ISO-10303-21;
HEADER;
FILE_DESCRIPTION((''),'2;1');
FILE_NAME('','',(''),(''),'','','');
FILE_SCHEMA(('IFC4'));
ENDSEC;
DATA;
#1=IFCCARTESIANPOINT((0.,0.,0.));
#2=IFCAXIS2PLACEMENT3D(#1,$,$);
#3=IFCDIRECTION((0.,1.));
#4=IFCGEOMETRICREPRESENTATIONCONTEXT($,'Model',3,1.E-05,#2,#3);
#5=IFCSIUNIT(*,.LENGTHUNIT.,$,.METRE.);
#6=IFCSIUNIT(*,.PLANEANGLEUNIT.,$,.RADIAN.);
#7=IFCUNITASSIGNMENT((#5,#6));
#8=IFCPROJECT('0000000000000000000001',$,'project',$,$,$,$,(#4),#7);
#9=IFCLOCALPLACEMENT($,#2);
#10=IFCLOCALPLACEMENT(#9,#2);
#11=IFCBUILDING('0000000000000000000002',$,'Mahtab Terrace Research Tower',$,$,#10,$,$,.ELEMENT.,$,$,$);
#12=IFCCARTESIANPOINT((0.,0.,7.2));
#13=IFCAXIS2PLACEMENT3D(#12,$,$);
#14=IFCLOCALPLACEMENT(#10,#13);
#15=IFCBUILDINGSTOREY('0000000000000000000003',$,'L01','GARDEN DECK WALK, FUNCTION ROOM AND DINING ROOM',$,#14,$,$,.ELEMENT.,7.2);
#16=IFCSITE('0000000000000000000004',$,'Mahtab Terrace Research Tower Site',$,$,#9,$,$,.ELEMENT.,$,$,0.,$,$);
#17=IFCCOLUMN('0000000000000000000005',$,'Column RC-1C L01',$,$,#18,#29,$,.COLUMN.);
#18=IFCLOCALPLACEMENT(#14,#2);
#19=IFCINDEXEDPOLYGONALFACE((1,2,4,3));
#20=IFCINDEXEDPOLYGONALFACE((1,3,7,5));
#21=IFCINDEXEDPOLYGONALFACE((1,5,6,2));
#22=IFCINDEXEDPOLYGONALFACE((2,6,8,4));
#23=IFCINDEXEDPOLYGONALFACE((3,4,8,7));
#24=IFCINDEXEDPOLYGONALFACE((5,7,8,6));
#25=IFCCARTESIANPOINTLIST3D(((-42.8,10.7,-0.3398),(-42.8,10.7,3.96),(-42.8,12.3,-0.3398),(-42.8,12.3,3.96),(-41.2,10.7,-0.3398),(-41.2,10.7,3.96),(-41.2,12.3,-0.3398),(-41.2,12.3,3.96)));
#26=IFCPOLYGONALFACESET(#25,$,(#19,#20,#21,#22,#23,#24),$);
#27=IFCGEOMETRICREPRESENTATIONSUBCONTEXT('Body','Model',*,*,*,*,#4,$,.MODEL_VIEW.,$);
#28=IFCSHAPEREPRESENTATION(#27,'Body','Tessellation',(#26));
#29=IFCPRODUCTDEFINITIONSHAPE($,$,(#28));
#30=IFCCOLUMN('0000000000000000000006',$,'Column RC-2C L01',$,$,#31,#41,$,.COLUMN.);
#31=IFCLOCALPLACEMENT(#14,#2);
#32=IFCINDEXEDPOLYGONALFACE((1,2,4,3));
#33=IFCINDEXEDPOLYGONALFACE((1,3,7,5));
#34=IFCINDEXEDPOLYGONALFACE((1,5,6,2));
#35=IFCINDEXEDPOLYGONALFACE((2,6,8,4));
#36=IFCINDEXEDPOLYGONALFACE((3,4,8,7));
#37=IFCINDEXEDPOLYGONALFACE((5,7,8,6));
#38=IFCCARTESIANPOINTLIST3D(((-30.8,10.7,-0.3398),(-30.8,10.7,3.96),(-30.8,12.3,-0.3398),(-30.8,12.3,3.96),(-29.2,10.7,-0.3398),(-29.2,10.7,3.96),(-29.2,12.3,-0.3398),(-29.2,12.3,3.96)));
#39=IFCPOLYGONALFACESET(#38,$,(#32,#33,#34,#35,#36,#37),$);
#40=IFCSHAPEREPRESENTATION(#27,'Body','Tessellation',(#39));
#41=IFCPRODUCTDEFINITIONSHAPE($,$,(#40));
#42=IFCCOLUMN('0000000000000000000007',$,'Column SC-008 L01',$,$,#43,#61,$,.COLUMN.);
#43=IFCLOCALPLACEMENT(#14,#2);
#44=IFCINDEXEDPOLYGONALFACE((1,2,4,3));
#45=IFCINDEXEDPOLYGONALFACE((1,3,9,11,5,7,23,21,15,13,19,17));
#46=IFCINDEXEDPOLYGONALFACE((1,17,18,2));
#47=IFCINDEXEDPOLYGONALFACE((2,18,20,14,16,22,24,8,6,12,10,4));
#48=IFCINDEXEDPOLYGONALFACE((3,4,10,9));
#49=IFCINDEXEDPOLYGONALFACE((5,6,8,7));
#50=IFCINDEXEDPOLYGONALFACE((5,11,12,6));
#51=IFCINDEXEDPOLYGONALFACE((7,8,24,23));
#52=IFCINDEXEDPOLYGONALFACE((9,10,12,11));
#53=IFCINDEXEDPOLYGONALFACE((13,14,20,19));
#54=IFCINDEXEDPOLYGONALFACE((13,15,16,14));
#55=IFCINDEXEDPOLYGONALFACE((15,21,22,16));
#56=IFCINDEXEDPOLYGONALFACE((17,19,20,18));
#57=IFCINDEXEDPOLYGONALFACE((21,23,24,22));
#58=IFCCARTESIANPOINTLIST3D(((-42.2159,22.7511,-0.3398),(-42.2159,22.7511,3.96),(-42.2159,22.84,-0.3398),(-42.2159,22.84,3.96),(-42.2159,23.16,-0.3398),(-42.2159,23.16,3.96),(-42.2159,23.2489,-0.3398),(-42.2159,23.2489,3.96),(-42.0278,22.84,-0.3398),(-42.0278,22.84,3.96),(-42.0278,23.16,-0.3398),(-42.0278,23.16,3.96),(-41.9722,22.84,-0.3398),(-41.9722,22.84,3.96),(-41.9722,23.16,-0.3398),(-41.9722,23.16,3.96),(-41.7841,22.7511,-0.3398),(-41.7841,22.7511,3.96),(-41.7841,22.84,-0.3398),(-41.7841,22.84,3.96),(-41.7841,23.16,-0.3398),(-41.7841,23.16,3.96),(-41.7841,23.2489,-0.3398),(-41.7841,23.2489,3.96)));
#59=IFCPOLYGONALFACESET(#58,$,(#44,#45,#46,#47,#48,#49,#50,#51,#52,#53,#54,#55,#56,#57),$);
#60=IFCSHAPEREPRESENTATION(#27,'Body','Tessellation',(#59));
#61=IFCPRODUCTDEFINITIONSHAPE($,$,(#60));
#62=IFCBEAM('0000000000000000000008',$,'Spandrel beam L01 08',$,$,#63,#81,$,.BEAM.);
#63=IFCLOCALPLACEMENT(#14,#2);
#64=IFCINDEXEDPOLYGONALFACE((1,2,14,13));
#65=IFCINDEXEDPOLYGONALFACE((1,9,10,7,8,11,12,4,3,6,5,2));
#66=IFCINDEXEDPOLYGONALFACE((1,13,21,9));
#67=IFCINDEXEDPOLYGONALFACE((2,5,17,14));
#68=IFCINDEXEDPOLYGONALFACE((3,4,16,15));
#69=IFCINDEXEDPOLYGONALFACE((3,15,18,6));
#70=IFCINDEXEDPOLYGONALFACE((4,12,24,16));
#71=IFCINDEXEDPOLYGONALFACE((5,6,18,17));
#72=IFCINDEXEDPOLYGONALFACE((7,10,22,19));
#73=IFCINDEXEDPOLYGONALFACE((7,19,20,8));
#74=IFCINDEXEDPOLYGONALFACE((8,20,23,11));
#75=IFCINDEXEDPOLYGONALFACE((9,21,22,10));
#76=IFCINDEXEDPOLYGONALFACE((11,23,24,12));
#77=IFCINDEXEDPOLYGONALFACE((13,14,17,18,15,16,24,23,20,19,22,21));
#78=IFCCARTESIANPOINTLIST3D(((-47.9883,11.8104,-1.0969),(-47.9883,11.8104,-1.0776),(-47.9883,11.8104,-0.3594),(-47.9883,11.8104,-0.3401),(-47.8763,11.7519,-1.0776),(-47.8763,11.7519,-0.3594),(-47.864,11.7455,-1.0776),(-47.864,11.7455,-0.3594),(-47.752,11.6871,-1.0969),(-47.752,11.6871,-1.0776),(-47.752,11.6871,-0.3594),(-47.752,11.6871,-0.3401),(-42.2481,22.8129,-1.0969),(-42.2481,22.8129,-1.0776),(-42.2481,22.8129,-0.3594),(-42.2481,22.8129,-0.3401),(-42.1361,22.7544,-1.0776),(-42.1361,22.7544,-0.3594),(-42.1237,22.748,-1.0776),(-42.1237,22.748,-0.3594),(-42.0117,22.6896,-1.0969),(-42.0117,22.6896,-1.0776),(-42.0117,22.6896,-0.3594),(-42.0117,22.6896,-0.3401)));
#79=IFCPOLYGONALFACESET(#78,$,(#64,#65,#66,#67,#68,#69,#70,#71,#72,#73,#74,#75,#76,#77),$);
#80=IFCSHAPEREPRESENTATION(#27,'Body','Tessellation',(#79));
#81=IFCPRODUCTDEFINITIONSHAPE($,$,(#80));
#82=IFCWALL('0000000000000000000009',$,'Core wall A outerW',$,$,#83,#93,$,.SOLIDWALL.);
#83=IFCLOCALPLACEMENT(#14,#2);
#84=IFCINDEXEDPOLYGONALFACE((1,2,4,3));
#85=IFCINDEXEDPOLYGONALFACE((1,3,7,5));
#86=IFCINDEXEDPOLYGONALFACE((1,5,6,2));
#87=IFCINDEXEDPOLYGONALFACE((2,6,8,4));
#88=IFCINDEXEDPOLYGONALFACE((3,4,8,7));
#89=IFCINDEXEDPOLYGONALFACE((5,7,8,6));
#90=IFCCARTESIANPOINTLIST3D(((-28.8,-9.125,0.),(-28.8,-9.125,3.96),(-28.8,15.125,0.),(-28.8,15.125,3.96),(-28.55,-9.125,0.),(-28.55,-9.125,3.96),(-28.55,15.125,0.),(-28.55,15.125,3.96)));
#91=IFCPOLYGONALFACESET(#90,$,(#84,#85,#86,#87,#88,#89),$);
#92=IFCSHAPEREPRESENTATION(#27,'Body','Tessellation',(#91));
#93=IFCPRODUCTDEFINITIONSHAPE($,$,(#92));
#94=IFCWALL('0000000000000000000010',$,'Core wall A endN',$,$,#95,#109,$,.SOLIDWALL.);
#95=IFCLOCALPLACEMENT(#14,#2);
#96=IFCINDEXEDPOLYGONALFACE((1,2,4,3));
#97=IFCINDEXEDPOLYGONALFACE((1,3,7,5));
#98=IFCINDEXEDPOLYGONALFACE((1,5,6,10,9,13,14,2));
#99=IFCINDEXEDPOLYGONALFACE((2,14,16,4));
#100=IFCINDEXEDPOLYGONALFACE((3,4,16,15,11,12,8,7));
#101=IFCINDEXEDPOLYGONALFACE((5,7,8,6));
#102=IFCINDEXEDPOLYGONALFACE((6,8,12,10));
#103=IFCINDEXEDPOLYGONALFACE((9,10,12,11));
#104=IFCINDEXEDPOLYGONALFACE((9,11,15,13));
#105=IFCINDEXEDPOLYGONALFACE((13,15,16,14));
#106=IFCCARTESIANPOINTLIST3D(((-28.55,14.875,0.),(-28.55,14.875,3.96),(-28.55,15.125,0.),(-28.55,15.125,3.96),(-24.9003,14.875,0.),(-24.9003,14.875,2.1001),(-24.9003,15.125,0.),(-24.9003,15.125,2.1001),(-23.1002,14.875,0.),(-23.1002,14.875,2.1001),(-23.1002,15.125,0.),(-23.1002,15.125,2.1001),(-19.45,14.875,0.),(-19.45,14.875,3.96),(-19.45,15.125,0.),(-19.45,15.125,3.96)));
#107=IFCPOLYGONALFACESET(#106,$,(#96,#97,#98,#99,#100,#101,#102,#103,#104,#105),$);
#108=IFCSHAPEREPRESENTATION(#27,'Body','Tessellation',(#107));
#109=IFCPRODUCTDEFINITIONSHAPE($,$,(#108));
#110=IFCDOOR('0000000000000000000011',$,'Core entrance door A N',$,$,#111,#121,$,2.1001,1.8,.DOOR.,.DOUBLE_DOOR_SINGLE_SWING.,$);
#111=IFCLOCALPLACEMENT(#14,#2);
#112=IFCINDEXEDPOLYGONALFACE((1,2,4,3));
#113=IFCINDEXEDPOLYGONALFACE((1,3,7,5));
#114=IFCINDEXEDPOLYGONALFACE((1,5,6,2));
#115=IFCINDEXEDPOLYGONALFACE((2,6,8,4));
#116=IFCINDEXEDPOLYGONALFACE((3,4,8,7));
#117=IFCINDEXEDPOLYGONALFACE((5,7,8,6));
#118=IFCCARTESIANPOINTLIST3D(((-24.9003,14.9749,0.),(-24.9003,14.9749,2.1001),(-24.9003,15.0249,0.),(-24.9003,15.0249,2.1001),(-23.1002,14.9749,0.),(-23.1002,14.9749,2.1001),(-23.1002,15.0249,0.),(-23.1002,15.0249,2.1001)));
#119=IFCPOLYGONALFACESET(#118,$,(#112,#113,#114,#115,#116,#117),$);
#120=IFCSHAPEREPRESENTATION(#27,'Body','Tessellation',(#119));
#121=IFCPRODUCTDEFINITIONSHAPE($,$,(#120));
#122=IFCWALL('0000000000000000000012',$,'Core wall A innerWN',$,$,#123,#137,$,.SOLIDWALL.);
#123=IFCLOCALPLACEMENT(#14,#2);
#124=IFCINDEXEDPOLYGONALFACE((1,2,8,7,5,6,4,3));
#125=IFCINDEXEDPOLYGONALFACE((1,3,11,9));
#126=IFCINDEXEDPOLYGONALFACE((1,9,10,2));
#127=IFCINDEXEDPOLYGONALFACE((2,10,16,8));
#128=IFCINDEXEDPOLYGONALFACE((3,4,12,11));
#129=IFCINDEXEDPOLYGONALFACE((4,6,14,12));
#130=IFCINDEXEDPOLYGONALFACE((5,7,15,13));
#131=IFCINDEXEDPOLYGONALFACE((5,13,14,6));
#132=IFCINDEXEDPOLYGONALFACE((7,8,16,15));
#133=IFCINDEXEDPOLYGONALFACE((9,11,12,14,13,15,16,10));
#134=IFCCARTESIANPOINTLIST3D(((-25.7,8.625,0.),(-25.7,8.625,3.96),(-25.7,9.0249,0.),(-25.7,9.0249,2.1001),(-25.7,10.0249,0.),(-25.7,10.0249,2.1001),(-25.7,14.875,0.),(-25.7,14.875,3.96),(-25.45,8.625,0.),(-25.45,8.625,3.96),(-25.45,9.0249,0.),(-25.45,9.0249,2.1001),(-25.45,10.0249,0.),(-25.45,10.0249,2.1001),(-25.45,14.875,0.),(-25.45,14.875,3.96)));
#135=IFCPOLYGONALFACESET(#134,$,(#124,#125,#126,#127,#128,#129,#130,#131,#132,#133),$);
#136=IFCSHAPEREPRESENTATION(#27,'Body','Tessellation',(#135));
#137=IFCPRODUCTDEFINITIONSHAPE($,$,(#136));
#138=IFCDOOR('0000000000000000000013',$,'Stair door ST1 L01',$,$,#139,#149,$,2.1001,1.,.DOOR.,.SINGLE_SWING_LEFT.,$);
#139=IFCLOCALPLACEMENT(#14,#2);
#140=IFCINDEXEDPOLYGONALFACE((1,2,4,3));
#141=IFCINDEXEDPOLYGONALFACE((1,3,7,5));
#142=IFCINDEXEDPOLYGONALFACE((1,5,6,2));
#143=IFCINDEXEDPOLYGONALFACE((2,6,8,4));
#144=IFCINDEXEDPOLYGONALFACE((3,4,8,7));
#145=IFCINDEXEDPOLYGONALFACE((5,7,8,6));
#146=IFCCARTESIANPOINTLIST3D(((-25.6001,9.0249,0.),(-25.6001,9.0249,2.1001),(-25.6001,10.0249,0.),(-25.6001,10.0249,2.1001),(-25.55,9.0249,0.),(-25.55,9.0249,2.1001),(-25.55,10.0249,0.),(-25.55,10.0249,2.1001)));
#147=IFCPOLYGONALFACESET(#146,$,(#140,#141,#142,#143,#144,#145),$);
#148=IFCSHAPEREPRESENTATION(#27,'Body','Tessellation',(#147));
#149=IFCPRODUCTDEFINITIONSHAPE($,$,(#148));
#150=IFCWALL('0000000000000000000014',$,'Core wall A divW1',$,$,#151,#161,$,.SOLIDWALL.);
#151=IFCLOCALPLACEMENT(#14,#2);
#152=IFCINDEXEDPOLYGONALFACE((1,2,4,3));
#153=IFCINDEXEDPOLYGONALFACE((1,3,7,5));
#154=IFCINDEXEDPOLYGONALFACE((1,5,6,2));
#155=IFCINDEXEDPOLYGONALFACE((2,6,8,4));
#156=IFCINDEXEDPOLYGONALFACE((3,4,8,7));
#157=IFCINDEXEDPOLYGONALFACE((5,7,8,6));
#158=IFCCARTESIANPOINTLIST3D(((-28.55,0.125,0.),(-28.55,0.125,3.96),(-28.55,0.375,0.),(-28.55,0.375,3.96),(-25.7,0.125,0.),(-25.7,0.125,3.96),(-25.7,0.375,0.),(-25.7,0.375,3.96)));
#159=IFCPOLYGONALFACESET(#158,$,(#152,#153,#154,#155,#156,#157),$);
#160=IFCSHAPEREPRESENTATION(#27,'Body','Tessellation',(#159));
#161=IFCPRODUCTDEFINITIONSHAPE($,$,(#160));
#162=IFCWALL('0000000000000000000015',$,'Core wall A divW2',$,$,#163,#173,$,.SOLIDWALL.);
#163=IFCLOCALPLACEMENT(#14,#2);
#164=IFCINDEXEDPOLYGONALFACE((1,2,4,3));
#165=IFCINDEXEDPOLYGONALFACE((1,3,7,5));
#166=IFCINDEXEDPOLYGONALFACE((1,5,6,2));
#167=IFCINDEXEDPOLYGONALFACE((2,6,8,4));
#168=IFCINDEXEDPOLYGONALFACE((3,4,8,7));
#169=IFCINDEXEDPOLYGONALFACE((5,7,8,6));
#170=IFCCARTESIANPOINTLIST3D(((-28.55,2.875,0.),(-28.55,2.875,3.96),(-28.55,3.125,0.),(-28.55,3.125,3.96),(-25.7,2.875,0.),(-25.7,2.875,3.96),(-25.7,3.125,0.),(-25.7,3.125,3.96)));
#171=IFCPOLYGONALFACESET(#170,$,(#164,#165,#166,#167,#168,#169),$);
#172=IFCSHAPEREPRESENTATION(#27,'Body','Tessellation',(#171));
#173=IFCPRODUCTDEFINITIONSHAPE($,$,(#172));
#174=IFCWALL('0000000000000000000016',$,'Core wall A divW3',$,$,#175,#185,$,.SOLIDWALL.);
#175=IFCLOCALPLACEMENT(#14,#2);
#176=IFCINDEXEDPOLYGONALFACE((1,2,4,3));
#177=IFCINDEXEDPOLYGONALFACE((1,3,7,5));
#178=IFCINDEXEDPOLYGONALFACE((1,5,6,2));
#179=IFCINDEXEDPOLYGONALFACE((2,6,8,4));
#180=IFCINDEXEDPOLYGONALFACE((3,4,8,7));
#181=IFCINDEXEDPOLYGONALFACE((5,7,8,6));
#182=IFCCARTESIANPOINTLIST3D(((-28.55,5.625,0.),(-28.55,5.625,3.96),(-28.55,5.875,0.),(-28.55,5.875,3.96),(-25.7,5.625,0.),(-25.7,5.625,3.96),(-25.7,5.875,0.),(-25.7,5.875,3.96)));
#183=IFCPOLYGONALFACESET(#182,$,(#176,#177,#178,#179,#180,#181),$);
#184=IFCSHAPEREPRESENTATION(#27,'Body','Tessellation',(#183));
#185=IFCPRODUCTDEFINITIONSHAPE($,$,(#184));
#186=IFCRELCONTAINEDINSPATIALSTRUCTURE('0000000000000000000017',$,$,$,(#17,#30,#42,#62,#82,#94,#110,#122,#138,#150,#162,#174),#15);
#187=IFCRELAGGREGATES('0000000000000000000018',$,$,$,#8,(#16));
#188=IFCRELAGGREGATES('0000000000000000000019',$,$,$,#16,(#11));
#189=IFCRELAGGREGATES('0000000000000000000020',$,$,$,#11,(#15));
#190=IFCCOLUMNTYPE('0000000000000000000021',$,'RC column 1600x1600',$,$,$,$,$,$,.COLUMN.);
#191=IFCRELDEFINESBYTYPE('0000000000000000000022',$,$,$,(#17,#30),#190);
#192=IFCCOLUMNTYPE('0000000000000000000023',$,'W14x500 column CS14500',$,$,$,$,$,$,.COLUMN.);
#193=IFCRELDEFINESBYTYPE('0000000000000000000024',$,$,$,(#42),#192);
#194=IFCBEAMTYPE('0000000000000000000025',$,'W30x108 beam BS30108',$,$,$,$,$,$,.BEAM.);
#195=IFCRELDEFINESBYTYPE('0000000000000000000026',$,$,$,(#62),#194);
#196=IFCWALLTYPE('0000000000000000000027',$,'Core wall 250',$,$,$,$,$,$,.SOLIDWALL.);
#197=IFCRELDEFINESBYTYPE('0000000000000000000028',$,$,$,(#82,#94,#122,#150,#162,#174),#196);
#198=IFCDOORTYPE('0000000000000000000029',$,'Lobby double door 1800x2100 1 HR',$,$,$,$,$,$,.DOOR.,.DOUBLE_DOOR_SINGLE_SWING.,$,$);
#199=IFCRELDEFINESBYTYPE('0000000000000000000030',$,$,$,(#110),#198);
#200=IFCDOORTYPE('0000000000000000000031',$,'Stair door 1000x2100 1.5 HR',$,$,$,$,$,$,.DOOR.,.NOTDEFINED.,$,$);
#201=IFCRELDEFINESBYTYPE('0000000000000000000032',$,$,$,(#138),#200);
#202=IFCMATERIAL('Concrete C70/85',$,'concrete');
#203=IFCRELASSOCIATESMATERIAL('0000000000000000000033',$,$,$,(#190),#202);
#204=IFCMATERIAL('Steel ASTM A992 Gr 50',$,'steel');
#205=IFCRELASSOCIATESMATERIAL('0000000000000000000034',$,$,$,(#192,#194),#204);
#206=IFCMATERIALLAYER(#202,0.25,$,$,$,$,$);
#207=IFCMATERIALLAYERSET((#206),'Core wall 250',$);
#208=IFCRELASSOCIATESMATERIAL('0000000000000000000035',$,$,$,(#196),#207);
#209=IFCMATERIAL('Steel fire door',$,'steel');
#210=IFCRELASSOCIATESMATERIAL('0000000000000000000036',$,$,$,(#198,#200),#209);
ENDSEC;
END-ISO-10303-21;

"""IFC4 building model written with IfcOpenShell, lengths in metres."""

from ifc_helpers import new_model, si_unit, direction, frame, frame_2d, origin, origin_2d, place, context, subcontext, project, spatial, rectangle, i_section, extrude, material, layer, layer_set, material_profile, profile_set, type_object, element, fill, save


model = new_model("IFC4")

# Units and contexts
model_context = context("Model", 3, precision=1e-05, world=origin(), true_north=direction((0.0, 1.0)))
body_context = subcontext(model_context, "Body", "Model", "MODEL_VIEW")
ifc_project = project(units=[si_unit("LENGTHUNIT", "METRE"), si_unit("PLANEANGLEUNIT", "RADIAN")], contexts=[model_context])

# Site, building, storey
site_placement = place(None, origin())
site = spatial("IfcSite", under=ifc_project, at=site_placement, Name="Mahtab Terrace Research Tower Site", CompositionType="ELEMENT", RefElevation=0.0)
building_placement = place(site_placement, origin())
building = spatial("IfcBuilding", under=site, at=building_placement, Name="Mahtab Terrace Research Tower", CompositionType="ELEMENT")
storey_placement = place(building_placement, frame((0.0, 0.0, 7.2)))
storey = spatial("IfcBuildingStorey", under=building, at=storey_placement, Name="L01", Description="GARDEN DECK WALK, FUNCTION ROOM AND DINING ROOM", CompositionType="ELEMENT", Elevation=7.2)

# Columns
ifc_material_1 = material(Name="Concrete C70/85", Category="concrete")
ifc_material_profile_1 = material_profile(ifc_material_1, rectangle(XDim=1.6001, YDim=1.6001, at=origin_2d()), Name="RC column 1600x1600")
ifc_profile_set_1 = profile_set([ifc_material_profile_1], Name="Concrete C70/85")
column_type_1 = type_object("IfcColumnType", Name="RC column 1600x1600", PredefinedType="COLUMN", material=ifc_profile_set_1)
for number, where, z_axis, x_axis, name in (
    (1, (-42.0, 11.5, -0.3398), (0.0, 0.0, 1.0), (1.0, 0.0, 0.0), "Column RC-1C L01"),
    (2, (-30.0, 11.5, -0.3398), (0.0, 0.0, 1.0), (1.0, 0.0, 0.0), "Column RC-2C L01"),
):
    element("IfcColumn", number, at=place(storey_placement, frame(where, z_axis=z_axis, x_axis=x_axis)), inside=storey, type_object=column_type_1, Name=name, PredefinedType="COLUMN", context=body_context, shape_type="SweptSolid", body=[
        extrude(rectangle(XDim=1.6001, YDim=1.6001, at=origin_2d()), origin(), (0.0, 0.0, 1.0), 4.2998),
    ])
ifc_material_2 = material(Name="Steel ASTM A992 Gr 50", Category="steel")
ifc_material_profile_2 = material_profile(ifc_material_2, i_section(OverallWidth=0.4319, OverallDepth=0.4978, WebThickness=0.0557, FlangeThickness=0.0889, at=origin_2d()), Name="W14X500")
ifc_profile_set_2 = profile_set([ifc_material_profile_2], Name="Steel ASTM A992 Gr 50")
column_type_2 = type_object("IfcColumnType", Name="W14x500 column CS14500", PredefinedType="COLUMN", material=ifc_profile_set_2)
column_placement = place(storey_placement, frame((-42.0, 23.0, -0.3398), z_axis=(0.0, 0.0, 1.0), x_axis=(1.0, 0.0, 0.0)))
element("IfcColumn", 3, at=column_placement, inside=storey, type_object=column_type_2, Name="Column SC-008 L01", PredefinedType="COLUMN", context=body_context, shape_type="SweptSolid", body=[
    extrude(i_section(OverallWidth=0.4319, OverallDepth=0.4978, WebThickness=0.0557, FlangeThickness=0.0889, at=origin_2d()), origin(), (0.0, 0.0, 1.0), 4.2998),
])

# Beam
ifc_material_profile_3 = material_profile(ifc_material_2, i_section(OverallWidth=0.2666, OverallDepth=0.7568, WebThickness=0.0139, FlangeThickness=0.0193, at=origin_2d()), Name="W30X108")
ifc_profile_set_3 = profile_set([ifc_material_profile_3], Name="Steel ASTM A992 Gr 50")
beam_type = type_object("IfcBeamType", Name="W30x108 beam BS30108", PredefinedType="BEAM", material=ifc_profile_set_3)
beam_placement = place(storey_placement, frame((-42.1299, 22.7512, -0.7185), z_axis=(-0.462555, -0.88659, 0.0), x_axis=(0.88659, -0.462555, 0.0)))
element("IfcBeam", 4, at=beam_placement, inside=storey, type_object=beam_type, Name="Spandrel beam L01 08", PredefinedType="BEAM", context=body_context, shape_type="SweptSolid", body=[
    extrude(i_section(OverallWidth=0.2666, OverallDepth=0.7568, WebThickness=0.0139, FlangeThickness=0.0193, at=origin_2d()), origin(), (0.0, 0.0, 1.0), 12.4099),
])

# Wall
ifc_layer_1 = layer(ifc_material_1, 0.25)
ifc_layer_set_1 = layer_set([ifc_layer_1], Name="Core wall 250")
wall_type_1 = type_object("IfcWallType", Name="Core wall 250", PredefinedType="SOLIDWALL", material=ifc_layer_set_1)
wall_1_placement = place(storey_placement, frame((-28.675, 15.125, 0.0), z_axis=(0.0, 0.0, 1.0), x_axis=(0.0, -1.0, 0.0)))
element("IfcWall", 5, at=wall_1_placement, inside=storey, type_object=wall_type_1, Name="Core wall A outerW", PredefinedType="SOLIDWALL", context=body_context, shape_type="SweptSolid", body=[
    extrude(rectangle(XDim=24.25, YDim=0.25, at=frame_2d((12.125, 0.0))), origin(), (0.0, 0.0, 1.0), 3.96),
])

# Walls, openings, doors
wall_2_placement = place(storey_placement, frame((-28.55, 15.0, 0.0), z_axis=(0.0, 0.0, 1.0), x_axis=(1.0, 0.0, 0.0)))
wall_2 = element("IfcWall", 6, at=wall_2_placement, inside=storey, type_object=wall_type_1, Name="Core wall A endN", PredefinedType="SOLIDWALL", context=body_context, shape_type="SweptSolid", body=[
    extrude(rectangle(XDim=9.1001, YDim=0.25, at=frame_2d((4.55, 0.0))), origin(), (0.0, 0.0, 1.0), 3.96),
])
opening_1_placement = place(wall_2_placement, frame((3.6499, 0.0, 0.0)))
opening_1 = element("IfcOpeningElement", 7, at=opening_1_placement, cuts=wall_2, PredefinedType="OPENING", context=body_context, shape_type="SweptSolid", body=[
    extrude(rectangle(XDim=1.8, YDim=2.1001, at=frame_2d((0.8999, 1.05))), frame((0.0, 0.135, 0.0), z_axis=(0.0, -1.0, 0.0), x_axis=(1.0, 0.0, 0.0)), (0.0, 0.0, 1.0), 0.27),
])
ifc_material_3 = material(Name="Steel fire door", Category="steel")
door_type_1 = type_object("IfcDoorType", Name="Lobby double door 1800x2100 1 HR", OperationType="DOUBLE_DOOR_SINGLE_SWING", PredefinedType="DOOR", material=ifc_material_3)
door_1_placement = place(opening_1_placement, origin())
door_1 = element("IfcDoor", 8, at=door_1_placement, inside=storey, type_object=door_type_1, Name="Core entrance door A N", OperationType="DOUBLE_DOOR_SINGLE_SWING", OverallHeight=2.1001, OverallWidth=1.8, PredefinedType="DOOR", context=body_context, shape_type="SweptSolid", body=[
    extrude(rectangle(XDim=1.8, YDim=2.1001, at=frame_2d((0.8999, 1.05))), frame((0.0, 0.0249, 0.0), z_axis=(0.0, -1.0, 0.0), x_axis=(1.0, 0.0, 0.0)), (0.0, 0.0, 1.0), 0.05),
])
fill(opening_1, door_1)
wall_3_placement = place(storey_placement, frame((-25.575, 14.875, 0.0), z_axis=(0.0, 0.0, 1.0), x_axis=(0.0, -1.0, 0.0)))
wall_3 = element("IfcWall", 9, at=wall_3_placement, inside=storey, type_object=wall_type_1, Name="Core wall A innerWN", PredefinedType="SOLIDWALL", context=body_context, shape_type="SweptSolid", body=[
    extrude(rectangle(XDim=6.25, YDim=0.25, at=frame_2d((3.125, 0.0))), origin(), (0.0, 0.0, 1.0), 3.96),
])
opening_2_placement = place(wall_3_placement, frame((4.8501, 0.0, 0.0)))
opening_2 = element("IfcOpeningElement", 10, at=opening_2_placement, cuts=wall_3, PredefinedType="OPENING", context=body_context, shape_type="SweptSolid", body=[
    extrude(rectangle(XDim=1.0, YDim=2.1001, at=frame_2d((0.5, 1.05))), frame((0.0, 0.135, 0.0), z_axis=(0.0, -1.0, 0.0), x_axis=(1.0, 0.0, 0.0)), (0.0, 0.0, 1.0), 0.27),
])
door_type_2 = type_object("IfcDoorType", Name="Stair door 1000x2100 1.5 HR", OperationType="NOTDEFINED", PredefinedType="DOOR", material=ifc_material_3)
door_2_placement = place(opening_2_placement, origin())
door_2 = element("IfcDoor", 11, at=door_2_placement, inside=storey, type_object=door_type_2, Name="Stair door ST1 L01", OperationType="SINGLE_SWING_LEFT", OverallHeight=2.1001, OverallWidth=1.0, PredefinedType="DOOR", context=body_context, shape_type="SweptSolid", body=[
    extrude(rectangle(XDim=1.0, YDim=2.1001, at=frame_2d((0.5, 1.05))), frame((0.0, 0.0249, 0.0), z_axis=(0.0, -1.0, 0.0), x_axis=(1.0, 0.0, 0.0)), (0.0, 0.0, 1.0), 0.05),
])
fill(opening_2, door_2)

# Walls
for number, where, z_axis, x_axis, name in (
    (12, (-28.55, 0.25, 0.0), (0.0, 0.0, 1.0), (1.0, 0.0, 0.0), "Core wall A divW1"),
    (13, (-28.55, 3.0, 0.0), (0.0, 0.0, 1.0), (1.0, 0.0, 0.0), "Core wall A divW2"),
    (14, (-28.55, 5.75, 0.0), (0.0, 0.0, 1.0), (1.0, 0.0, 0.0), "Core wall A divW3"),
):
    element("IfcWall", number, at=place(storey_placement, frame(where, z_axis=z_axis, x_axis=x_axis)), inside=storey, type_object=wall_type_1, Name=name, PredefinedType="SOLIDWALL", context=body_context, shape_type="SweptSolid", body=[
        extrude(rectangle(XDim=2.8501, YDim=0.25, at=frame_2d((1.425, 0.0))), origin(), (0.0, 0.0, 1.0), 3.96),
    ])

save(model, "model.ifc")
